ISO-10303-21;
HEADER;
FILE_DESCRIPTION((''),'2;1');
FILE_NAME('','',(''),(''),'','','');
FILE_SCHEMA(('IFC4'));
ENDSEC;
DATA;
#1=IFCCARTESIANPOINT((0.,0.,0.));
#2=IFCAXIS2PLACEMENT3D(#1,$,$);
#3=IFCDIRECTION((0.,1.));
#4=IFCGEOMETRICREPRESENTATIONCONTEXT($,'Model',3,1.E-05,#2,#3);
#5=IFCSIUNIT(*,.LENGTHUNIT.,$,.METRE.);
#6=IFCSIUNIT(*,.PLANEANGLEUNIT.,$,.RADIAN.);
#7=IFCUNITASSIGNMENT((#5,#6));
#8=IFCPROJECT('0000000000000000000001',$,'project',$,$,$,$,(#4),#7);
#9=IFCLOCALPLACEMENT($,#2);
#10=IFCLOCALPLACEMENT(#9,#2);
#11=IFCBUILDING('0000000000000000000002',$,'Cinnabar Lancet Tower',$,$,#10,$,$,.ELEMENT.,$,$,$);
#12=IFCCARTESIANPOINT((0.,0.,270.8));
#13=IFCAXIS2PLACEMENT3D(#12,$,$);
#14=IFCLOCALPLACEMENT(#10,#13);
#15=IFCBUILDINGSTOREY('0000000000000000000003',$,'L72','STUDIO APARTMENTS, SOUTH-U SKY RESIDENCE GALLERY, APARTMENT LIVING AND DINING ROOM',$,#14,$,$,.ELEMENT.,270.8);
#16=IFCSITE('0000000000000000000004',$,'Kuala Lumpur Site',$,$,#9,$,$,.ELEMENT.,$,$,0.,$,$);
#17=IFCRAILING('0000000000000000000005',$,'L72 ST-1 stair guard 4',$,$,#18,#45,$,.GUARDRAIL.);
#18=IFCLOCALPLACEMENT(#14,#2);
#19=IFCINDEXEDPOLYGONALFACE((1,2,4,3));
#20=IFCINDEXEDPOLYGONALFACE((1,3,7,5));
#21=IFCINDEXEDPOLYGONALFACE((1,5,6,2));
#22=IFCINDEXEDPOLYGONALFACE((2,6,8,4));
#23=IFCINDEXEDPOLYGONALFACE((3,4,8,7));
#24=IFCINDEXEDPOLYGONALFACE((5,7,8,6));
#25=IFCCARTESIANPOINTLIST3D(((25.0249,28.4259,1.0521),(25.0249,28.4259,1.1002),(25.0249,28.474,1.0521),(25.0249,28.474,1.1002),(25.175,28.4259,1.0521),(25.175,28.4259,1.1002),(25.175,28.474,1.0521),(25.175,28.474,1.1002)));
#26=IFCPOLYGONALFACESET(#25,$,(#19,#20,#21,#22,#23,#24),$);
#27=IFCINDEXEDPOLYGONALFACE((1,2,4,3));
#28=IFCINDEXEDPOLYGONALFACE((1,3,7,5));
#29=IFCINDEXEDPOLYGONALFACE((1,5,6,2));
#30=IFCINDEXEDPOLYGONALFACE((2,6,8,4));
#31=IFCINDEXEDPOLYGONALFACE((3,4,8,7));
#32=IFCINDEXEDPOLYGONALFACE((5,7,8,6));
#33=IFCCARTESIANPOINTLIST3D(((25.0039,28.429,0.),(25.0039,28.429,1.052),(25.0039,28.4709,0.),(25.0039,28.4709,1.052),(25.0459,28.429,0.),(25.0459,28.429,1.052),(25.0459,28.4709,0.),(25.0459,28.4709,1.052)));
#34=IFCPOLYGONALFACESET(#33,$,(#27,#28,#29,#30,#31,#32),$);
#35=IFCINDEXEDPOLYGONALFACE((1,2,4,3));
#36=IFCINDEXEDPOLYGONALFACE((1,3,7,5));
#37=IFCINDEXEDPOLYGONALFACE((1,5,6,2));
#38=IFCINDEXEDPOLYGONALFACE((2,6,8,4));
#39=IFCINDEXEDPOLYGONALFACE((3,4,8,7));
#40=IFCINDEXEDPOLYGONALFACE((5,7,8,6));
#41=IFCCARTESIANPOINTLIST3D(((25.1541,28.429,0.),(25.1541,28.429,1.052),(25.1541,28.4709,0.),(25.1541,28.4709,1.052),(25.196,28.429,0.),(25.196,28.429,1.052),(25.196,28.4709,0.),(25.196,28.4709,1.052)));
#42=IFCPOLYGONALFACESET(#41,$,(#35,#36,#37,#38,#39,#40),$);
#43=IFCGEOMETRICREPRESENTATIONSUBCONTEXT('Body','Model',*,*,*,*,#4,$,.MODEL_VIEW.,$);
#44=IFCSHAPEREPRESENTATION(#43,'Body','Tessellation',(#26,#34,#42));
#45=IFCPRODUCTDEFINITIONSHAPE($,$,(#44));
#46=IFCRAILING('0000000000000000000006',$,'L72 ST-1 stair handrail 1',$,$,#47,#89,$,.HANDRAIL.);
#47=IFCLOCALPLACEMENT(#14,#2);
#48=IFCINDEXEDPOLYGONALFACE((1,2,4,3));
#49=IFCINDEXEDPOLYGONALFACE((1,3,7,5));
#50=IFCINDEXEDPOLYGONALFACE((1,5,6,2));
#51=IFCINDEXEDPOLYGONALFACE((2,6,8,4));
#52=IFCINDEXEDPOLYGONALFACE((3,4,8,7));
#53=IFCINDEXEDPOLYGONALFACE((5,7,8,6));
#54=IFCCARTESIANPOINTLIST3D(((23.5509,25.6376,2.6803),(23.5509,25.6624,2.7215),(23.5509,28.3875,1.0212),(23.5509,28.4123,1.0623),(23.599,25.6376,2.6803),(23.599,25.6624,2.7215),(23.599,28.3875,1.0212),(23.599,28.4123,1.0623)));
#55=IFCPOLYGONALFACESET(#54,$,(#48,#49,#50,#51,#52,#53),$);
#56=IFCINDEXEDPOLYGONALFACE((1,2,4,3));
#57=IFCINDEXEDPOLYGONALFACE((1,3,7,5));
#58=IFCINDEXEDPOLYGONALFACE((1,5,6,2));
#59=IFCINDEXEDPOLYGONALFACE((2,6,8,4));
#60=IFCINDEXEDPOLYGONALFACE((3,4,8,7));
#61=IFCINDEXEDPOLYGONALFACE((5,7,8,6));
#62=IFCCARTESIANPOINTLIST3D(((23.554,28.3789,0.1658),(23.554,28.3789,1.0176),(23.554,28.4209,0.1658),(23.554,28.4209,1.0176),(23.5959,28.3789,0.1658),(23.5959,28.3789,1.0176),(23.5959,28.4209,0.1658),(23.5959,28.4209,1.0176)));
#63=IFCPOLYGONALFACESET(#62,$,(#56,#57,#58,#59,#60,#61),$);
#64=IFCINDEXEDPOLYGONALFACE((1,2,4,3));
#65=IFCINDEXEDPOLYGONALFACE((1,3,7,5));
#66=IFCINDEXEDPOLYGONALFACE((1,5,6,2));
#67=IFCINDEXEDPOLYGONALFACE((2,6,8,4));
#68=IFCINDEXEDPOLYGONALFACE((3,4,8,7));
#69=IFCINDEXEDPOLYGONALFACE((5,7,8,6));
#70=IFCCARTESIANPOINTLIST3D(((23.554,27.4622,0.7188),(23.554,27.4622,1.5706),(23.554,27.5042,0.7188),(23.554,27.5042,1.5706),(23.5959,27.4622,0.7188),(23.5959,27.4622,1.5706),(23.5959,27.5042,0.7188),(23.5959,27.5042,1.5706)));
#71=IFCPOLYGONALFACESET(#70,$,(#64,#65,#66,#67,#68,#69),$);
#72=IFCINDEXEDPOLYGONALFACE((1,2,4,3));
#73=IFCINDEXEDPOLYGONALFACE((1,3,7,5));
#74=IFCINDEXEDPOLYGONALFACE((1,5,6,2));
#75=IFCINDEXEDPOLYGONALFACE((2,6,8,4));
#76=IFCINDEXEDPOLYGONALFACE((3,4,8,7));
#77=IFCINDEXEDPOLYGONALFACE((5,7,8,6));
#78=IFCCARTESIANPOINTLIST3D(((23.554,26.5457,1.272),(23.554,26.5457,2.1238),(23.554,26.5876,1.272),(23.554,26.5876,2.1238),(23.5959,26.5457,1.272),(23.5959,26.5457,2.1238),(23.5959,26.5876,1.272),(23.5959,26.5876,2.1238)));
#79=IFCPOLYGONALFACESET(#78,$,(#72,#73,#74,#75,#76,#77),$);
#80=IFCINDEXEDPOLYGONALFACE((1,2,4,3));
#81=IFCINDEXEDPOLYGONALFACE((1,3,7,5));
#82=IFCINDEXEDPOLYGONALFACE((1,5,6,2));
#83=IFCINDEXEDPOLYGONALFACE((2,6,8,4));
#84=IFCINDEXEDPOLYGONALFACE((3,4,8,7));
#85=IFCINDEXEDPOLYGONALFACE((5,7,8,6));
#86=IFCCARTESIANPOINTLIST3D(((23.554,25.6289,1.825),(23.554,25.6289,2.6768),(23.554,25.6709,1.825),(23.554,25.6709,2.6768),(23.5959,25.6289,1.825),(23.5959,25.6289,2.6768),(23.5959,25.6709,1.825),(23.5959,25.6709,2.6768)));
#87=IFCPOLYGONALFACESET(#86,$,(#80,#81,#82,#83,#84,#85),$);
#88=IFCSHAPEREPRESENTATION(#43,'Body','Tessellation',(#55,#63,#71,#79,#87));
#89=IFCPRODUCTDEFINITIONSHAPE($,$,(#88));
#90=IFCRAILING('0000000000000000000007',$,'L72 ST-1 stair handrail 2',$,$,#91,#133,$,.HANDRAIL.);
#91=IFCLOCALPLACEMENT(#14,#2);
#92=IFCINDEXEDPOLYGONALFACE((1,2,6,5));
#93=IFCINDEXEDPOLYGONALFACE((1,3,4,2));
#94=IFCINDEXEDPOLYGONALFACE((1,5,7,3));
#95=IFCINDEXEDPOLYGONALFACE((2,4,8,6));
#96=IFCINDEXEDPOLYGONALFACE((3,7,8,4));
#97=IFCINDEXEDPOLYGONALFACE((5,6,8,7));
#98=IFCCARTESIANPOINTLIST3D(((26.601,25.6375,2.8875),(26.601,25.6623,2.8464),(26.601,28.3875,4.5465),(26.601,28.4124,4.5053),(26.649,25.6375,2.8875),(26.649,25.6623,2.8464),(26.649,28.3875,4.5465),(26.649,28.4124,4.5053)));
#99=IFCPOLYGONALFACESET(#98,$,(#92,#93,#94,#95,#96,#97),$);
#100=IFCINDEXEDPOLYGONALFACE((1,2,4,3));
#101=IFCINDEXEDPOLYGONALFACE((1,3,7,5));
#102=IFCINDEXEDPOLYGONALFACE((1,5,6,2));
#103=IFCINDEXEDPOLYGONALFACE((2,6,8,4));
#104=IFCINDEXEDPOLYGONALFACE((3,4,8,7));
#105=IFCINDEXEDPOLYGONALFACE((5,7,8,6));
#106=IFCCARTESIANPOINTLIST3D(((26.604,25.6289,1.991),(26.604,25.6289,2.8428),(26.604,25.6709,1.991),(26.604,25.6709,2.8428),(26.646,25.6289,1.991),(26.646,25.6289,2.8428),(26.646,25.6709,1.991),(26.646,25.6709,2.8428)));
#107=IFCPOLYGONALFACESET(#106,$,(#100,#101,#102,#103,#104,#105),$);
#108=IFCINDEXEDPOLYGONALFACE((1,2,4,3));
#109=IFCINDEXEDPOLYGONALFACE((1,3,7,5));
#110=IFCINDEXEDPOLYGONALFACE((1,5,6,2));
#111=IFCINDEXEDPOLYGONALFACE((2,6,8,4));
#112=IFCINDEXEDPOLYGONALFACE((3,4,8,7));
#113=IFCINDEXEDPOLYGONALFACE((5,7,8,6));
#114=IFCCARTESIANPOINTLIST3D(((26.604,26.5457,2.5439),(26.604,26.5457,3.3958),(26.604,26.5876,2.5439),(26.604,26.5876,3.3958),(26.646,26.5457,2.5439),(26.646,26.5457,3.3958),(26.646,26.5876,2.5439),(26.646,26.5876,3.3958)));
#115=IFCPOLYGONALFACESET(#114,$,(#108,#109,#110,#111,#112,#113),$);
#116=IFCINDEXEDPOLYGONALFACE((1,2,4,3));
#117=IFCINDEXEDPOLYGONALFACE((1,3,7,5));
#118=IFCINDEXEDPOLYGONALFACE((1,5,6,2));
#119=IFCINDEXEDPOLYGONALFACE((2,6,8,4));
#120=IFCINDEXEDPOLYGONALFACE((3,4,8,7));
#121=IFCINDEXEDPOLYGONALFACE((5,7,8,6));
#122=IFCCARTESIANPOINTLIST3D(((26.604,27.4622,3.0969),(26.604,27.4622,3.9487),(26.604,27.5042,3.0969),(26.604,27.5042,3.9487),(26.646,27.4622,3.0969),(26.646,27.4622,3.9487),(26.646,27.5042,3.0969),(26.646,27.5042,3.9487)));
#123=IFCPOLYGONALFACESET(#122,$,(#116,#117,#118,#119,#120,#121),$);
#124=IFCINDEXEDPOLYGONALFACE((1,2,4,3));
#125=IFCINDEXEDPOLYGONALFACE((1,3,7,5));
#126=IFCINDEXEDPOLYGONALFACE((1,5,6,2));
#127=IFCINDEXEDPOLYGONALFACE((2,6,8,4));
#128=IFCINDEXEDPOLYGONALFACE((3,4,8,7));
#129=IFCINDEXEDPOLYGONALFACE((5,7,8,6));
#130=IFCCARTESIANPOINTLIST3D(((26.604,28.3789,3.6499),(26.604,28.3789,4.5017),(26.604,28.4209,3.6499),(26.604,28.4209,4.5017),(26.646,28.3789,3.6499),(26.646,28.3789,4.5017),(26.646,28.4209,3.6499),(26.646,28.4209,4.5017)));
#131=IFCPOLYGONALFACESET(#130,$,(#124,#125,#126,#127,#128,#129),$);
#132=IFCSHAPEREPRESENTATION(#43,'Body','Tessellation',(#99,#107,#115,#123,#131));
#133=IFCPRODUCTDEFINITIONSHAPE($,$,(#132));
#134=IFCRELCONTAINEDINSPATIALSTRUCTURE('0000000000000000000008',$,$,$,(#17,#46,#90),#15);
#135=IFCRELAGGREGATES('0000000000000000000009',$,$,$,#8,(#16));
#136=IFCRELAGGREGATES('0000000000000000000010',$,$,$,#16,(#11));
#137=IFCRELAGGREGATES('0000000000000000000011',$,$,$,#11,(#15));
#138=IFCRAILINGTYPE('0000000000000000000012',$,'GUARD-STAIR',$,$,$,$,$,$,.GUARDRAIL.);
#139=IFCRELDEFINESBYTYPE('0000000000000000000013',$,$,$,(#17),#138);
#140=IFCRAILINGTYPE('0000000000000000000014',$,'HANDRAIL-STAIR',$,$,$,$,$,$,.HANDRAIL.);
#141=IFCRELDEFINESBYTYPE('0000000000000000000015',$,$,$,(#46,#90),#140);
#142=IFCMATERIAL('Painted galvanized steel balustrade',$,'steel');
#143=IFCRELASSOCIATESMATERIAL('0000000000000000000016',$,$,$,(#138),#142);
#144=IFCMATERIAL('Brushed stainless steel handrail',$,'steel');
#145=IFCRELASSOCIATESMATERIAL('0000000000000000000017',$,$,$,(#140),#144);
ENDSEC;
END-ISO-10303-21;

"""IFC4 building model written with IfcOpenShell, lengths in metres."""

from ifc_helpers import new_model, si_unit, direction, frame, origin, origin_2d, place, context, subcontext, project, spatial, rectangle, extrude, material, type_object, element, save


model = new_model("IFC4")

# Units and contexts
model_context = context("Model", 3, precision=1e-05, world=origin(), true_north=direction((0.0, 1.0)))
body_context = subcontext(model_context, "Body", "Model", "MODEL_VIEW")
ifc_project = project(units=[si_unit("LENGTHUNIT", "METRE"), si_unit("PLANEANGLEUNIT", "RADIAN")], contexts=[model_context])

# Site, building, storey
site_placement = place(None, origin())
site = spatial("IfcSite", under=ifc_project, at=site_placement, Name="Kuala Lumpur Site", CompositionType="ELEMENT", RefElevation=0.0)
building_placement = place(site_placement, origin())
building = spatial("IfcBuilding", under=site, at=building_placement, Name="Cinnabar Lancet Tower", CompositionType="ELEMENT")
storey_placement = place(building_placement, frame((0.0, 0.0, 270.8)))
storey = spatial("IfcBuildingStorey", under=building, at=storey_placement, Name="L72", Description="STUDIO APARTMENTS, SOUTH-U SKY RESIDENCE GALLERY, APARTMENT LIVING AND DINING ROOM", CompositionType="ELEMENT", Elevation=270.8)

# Railings
ifc_material_1 = material(Name="Painted galvanized steel balustrade", Category="steel")
railing_type_1 = type_object("IfcRailingType", Name="GUARD-STAIR", PredefinedType="GUARDRAIL", material=ifc_material_1)
railing_1_placement = place(storey_placement, frame((25.0249, 28.45, 0.0)))
element("IfcRailing", 1, at=railing_1_placement, inside=storey, type_object=railing_type_1, Name="L72 ST-1 stair guard 4", PredefinedType="GUARDRAIL", context=body_context, shape_type="SweptSolid", body=[
    extrude(rectangle(XDim=0.0481, YDim=0.0481, at=origin_2d()), frame((0.0, 0.0, 1.0762), z_axis=(1.0, 0.0, 0.0), x_axis=(0.0, 1.0, 0.0)), (0.0, 0.0, 1.0), 0.1501),
    extrude(rectangle(XDim=0.042, YDim=0.042, at=origin_2d()), origin(), (0.0, 0.0, 1.0), 1.052),
    extrude(rectangle(XDim=0.042, YDim=0.042, at=origin_2d()), frame((0.1501, 0.0, 0.0)), (0.0, 0.0, 1.0), 1.052),
])
ifc_material_2 = material(Name="Brushed stainless steel handrail", Category="steel")
railing_type_2 = type_object("IfcRailingType", Name="HANDRAIL-STAIR", PredefinedType="HANDRAIL", material=ifc_material_2)
railing_2_placement = place(storey_placement, frame((23.575, 28.3999, 0.1658)))
element("IfcRailing", 2, at=railing_2_placement, inside=storey, type_object=railing_type_2, Name="L72 ST-1 stair handrail 1", PredefinedType="HANDRAIL", context=body_context, shape_type="SweptSolid", body=[
    extrude(rectangle(XDim=0.0481, YDim=0.0481, at=origin_2d()), frame((0.0, 0.0, 0.876), z_axis=(0.0, -0.856229, 0.516596), x_axis=(1.0, 0.0, 0.0)), (0.0, 0.0, 1.0), 3.2117),
    extrude(rectangle(XDim=0.042, YDim=0.042, at=origin_2d()), origin(), (0.0, 0.0, 1.0), 0.8518),
    extrude(rectangle(XDim=0.042, YDim=0.042, at=origin_2d()), frame((0.0, -0.9167, 0.553)), (0.0, 0.0, 1.0), 0.8518),
    extrude(rectangle(XDim=0.042, YDim=0.042, at=origin_2d()), frame((0.0, -1.8333, 1.1062)), (0.0, 0.0, 1.0), 0.8518),
    extrude(rectangle(XDim=0.042, YDim=0.042, at=origin_2d()), frame((0.0, -2.75, 1.6592)), (0.0, 0.0, 1.0), 0.8518),
])
railing_3_placement = place(storey_placement, frame((26.625, 25.6499, 1.991)))
element("IfcRailing", 3, at=railing_3_placement, inside=storey, type_object=railing_type_2, Name="L72 ST-1 stair handrail 2", PredefinedType="HANDRAIL", context=body_context, shape_type="SweptSolid", body=[
    extrude(rectangle(XDim=0.0481, YDim=0.0481, at=origin_2d()), frame((0.0, 0.0, 0.876), z_axis=(0.0, 0.856263, 0.51654), x_axis=(-1.0, 0.0, 0.0)), (0.0, 0.0, 1.0), 3.2117),
    extrude(rectangle(XDim=0.042, YDim=0.042, at=origin_2d()), origin(), (0.0, 0.0, 1.0), 0.8518),
    extrude(rectangle(XDim=0.042, YDim=0.042, at=origin_2d()), frame((0.0, 0.9167, 0.553)), (0.0, 0.0, 1.0), 0.8518),
    extrude(rectangle(XDim=0.042, YDim=0.042, at=origin_2d()), frame((0.0, 1.8333, 1.106)), (0.0, 0.0, 1.0), 0.8518),
    extrude(rectangle(XDim=0.042, YDim=0.042, at=origin_2d()), frame((0.0, 2.75, 1.6589)), (0.0, 0.0, 1.0), 0.8518),
])

save(model, "model.ifc")
